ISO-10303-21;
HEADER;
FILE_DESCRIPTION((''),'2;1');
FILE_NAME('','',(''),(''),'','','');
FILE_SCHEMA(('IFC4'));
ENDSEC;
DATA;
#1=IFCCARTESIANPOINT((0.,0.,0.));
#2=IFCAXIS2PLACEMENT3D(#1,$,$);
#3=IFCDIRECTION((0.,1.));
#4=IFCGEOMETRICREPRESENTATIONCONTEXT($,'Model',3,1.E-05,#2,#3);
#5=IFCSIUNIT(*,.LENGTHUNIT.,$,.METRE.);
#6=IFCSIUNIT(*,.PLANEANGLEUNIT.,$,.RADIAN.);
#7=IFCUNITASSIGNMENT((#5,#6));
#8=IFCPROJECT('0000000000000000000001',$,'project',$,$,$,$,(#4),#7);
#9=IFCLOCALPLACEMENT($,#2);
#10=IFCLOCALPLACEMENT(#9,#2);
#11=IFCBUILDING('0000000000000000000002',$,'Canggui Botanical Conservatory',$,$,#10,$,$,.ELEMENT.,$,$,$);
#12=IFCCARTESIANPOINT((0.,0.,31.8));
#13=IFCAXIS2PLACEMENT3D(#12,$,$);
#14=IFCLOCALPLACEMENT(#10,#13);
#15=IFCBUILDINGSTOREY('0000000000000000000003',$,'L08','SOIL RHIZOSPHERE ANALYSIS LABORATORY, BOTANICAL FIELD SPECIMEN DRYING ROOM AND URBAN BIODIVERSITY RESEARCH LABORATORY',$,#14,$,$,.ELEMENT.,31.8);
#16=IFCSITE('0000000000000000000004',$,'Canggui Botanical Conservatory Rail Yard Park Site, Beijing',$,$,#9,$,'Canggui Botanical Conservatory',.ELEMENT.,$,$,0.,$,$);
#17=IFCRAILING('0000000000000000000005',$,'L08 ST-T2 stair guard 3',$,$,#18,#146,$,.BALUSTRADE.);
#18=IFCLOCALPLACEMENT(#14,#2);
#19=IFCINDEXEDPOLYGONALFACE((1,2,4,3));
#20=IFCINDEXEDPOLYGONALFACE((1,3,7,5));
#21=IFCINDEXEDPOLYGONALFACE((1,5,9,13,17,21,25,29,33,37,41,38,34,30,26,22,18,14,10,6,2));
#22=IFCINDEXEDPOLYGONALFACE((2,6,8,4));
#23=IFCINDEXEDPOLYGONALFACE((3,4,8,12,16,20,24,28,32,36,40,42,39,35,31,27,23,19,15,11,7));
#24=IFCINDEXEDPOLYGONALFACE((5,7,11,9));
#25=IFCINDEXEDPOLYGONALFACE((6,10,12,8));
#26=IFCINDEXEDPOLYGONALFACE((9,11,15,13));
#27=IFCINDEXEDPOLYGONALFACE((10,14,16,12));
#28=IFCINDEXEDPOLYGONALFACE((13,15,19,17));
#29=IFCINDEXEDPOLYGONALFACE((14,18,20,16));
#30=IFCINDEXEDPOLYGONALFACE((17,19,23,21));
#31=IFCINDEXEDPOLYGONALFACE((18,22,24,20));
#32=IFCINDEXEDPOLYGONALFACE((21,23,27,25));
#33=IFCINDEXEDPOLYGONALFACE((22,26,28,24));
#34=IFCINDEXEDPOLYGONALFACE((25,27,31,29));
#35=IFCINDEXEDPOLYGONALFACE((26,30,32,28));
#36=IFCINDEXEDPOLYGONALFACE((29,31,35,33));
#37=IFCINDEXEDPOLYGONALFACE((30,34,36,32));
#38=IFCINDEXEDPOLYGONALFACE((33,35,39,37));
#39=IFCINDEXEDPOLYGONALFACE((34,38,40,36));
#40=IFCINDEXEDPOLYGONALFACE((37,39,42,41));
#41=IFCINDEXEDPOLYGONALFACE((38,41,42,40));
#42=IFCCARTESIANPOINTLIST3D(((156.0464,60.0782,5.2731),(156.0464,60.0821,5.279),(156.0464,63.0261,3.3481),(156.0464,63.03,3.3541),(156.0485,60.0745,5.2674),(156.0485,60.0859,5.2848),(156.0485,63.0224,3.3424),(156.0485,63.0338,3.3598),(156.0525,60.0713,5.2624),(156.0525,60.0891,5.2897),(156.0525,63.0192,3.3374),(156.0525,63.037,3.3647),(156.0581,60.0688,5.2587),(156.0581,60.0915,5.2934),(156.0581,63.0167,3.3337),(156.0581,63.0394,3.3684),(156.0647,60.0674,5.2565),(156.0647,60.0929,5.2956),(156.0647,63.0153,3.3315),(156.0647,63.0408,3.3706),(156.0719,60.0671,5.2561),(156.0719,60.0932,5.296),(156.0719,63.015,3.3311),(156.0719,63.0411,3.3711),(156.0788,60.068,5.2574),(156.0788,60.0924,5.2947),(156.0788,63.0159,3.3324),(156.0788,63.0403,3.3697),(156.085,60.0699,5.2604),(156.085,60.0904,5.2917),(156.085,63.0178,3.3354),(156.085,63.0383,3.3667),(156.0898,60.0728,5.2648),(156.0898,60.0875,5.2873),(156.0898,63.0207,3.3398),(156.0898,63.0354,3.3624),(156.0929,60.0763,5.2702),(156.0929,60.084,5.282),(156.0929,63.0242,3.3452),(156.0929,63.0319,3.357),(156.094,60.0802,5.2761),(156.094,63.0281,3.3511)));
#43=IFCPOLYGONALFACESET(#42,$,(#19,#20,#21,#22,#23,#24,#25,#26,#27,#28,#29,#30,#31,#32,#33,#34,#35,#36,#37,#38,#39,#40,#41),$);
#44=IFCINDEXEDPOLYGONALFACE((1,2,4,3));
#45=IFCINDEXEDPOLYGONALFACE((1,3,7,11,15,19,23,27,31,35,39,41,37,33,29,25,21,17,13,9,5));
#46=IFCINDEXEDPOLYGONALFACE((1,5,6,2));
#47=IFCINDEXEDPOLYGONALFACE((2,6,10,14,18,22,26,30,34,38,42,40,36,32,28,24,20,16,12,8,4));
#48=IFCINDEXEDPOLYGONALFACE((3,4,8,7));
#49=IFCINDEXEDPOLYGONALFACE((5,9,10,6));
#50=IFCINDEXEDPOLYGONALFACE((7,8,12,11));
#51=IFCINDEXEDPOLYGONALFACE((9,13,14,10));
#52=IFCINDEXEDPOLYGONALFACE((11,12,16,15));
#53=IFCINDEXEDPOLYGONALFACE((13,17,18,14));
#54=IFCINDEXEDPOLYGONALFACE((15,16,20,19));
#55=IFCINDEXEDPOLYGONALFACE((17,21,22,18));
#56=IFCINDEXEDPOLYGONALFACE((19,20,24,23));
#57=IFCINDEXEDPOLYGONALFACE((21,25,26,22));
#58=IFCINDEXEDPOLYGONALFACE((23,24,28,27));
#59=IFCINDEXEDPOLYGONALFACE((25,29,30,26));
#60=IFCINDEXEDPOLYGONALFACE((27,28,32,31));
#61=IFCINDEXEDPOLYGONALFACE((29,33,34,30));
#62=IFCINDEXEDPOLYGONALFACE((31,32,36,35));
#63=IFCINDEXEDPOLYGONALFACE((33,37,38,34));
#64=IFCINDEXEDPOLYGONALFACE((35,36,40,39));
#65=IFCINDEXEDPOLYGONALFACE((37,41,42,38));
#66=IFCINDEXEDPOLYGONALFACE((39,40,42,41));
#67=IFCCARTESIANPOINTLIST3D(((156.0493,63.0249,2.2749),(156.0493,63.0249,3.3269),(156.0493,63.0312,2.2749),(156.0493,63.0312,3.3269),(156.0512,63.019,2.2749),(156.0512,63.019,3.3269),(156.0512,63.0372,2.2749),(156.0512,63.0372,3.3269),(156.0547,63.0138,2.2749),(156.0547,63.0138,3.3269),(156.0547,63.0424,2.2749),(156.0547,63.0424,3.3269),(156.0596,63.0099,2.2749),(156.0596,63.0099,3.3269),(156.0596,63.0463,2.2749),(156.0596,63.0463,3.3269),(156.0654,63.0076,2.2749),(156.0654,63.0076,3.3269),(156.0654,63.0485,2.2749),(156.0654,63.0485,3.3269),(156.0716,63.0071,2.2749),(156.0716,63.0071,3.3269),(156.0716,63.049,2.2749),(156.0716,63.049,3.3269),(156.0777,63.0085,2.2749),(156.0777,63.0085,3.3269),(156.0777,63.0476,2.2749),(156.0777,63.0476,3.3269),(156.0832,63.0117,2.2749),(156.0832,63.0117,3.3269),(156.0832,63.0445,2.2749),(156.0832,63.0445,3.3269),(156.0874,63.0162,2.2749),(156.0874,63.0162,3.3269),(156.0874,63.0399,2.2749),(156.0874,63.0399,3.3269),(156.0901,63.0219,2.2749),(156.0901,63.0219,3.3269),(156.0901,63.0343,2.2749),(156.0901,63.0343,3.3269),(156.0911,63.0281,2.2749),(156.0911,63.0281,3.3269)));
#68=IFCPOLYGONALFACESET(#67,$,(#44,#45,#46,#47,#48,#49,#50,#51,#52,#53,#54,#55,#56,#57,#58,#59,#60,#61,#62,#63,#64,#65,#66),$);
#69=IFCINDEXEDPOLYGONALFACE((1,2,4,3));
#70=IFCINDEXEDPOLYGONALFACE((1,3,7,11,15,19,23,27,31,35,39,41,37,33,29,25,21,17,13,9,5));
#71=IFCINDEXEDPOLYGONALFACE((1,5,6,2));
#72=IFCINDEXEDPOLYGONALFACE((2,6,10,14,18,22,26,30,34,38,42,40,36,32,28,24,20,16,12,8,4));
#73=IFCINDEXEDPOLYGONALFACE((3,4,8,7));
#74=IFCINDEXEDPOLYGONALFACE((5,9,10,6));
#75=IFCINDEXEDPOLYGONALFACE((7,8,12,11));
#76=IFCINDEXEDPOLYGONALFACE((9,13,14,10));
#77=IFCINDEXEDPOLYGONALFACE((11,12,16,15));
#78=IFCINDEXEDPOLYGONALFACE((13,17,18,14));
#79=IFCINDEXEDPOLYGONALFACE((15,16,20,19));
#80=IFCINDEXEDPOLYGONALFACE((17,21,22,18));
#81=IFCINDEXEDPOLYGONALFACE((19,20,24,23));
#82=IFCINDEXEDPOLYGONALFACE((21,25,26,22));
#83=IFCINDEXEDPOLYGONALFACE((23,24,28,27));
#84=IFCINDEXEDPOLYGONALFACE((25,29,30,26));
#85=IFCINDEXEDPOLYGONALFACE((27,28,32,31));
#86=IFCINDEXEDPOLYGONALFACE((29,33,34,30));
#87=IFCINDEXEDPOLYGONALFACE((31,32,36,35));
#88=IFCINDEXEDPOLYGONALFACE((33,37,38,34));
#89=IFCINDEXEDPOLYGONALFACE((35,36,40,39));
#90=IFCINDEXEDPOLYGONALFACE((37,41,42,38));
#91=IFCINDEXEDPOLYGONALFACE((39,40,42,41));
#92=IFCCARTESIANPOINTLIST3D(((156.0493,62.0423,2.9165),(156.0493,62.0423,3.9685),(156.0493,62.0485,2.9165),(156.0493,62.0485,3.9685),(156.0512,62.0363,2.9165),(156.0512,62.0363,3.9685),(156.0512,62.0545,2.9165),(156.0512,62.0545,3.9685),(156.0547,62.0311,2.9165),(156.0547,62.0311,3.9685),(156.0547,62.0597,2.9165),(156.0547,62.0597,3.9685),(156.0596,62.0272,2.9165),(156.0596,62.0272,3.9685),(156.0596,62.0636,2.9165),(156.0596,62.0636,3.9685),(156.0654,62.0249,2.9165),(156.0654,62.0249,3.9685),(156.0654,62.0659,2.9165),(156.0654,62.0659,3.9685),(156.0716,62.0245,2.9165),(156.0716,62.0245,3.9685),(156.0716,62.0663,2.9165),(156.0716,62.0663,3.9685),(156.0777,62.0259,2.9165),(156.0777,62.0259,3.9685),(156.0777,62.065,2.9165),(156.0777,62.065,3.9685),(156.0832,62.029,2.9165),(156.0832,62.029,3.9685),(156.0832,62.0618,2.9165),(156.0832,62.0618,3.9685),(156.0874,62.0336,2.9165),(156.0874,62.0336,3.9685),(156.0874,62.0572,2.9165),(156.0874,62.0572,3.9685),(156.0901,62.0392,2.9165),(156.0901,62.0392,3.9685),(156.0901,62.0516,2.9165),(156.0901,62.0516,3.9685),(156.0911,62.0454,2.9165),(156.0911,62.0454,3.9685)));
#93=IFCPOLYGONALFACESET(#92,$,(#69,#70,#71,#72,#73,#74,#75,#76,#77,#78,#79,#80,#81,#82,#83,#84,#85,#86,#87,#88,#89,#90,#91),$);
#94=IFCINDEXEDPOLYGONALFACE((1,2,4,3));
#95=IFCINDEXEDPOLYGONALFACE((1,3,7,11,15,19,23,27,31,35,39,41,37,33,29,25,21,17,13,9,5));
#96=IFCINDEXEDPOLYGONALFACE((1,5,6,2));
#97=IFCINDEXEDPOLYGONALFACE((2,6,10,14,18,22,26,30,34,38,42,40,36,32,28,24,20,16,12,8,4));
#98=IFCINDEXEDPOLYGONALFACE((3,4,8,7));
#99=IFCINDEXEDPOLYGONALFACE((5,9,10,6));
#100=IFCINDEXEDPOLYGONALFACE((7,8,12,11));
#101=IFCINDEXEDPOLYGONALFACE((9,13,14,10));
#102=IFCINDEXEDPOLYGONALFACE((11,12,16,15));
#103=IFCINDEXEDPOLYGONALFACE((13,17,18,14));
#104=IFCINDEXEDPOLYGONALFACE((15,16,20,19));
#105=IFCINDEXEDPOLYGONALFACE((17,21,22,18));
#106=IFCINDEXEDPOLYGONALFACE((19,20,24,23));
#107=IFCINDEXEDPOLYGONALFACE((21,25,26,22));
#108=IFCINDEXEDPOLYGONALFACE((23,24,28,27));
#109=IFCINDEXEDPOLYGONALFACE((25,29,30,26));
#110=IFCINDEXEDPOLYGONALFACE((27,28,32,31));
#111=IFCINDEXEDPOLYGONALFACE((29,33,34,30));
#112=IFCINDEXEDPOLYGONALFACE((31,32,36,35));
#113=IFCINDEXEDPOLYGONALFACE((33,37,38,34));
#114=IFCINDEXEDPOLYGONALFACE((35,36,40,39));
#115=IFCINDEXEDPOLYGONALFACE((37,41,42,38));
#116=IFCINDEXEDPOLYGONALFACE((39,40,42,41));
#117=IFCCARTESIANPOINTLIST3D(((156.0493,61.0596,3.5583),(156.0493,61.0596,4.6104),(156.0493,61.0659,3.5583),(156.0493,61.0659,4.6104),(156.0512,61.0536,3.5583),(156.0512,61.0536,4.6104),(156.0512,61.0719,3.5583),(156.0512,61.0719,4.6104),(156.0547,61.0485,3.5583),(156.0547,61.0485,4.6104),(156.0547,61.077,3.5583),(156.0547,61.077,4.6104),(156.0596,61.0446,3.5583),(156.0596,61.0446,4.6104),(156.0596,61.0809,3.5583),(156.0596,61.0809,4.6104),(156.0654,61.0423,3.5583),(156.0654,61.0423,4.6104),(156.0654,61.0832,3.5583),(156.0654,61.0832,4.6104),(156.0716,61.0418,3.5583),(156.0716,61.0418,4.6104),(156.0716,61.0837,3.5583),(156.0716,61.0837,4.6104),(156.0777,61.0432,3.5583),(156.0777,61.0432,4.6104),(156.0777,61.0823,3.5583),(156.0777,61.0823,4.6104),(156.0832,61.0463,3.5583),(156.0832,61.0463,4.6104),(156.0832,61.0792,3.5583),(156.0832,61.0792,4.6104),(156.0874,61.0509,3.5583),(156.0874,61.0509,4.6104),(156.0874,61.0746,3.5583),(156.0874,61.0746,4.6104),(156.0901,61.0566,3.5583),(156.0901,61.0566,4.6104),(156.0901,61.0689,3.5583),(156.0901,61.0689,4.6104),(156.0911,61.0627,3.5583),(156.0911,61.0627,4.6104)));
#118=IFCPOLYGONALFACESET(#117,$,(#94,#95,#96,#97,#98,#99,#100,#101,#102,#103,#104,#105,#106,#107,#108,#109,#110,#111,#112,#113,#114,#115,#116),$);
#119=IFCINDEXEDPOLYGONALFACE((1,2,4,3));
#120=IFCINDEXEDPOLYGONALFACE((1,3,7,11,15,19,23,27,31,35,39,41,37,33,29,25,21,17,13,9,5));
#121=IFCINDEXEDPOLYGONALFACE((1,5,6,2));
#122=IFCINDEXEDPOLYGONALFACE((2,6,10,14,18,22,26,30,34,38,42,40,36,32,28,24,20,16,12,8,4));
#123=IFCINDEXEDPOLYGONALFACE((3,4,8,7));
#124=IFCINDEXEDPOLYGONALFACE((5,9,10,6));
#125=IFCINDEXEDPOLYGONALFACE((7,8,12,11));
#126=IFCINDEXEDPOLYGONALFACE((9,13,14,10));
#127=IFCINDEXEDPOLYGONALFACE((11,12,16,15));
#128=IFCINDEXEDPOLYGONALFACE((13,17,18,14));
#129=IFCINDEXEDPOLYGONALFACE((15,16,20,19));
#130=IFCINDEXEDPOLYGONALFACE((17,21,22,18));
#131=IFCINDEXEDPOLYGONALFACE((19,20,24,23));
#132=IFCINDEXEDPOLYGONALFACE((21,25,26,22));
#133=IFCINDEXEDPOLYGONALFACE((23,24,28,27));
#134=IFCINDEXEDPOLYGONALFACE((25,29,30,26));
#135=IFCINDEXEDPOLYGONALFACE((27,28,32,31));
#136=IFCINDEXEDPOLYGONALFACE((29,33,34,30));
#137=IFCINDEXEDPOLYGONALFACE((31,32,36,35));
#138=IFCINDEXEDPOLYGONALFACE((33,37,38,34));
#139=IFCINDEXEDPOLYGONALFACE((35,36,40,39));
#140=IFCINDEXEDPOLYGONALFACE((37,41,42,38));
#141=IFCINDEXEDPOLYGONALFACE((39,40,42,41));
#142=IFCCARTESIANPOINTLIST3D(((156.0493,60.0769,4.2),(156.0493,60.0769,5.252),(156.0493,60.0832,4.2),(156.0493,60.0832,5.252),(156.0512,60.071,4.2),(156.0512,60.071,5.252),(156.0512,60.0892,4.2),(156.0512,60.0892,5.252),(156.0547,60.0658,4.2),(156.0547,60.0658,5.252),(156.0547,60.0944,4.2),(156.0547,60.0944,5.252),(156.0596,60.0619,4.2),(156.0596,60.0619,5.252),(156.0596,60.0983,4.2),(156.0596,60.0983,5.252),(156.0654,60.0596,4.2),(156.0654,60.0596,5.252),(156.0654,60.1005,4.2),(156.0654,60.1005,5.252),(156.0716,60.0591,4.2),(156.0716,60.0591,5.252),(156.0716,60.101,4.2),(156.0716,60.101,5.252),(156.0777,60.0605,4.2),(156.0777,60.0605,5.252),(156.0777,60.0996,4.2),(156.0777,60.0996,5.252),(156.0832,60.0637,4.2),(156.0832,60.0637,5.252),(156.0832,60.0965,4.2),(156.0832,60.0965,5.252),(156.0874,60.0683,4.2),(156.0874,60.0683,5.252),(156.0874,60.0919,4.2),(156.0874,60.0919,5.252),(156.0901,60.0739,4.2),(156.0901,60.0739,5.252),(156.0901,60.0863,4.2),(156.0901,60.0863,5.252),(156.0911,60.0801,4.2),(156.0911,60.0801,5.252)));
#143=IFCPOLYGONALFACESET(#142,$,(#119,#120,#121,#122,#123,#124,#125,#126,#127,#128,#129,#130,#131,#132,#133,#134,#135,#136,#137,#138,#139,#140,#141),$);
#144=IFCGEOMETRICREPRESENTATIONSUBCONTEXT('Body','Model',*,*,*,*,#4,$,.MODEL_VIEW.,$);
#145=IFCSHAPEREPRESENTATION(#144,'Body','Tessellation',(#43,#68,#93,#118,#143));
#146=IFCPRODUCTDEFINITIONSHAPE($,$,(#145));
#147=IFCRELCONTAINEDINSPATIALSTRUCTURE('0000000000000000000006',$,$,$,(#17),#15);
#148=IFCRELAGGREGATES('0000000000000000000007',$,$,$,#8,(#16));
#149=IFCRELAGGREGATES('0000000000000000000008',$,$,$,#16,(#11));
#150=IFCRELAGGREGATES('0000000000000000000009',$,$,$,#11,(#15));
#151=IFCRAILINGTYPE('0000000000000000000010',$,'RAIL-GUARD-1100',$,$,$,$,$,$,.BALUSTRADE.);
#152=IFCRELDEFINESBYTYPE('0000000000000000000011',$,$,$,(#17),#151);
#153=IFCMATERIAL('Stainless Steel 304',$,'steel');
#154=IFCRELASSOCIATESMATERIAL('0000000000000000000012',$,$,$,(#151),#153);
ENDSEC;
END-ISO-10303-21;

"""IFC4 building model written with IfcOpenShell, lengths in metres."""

from ifc_helpers import new_model, si_unit, direction, frame, origin, origin_2d, place, context, subcontext, project, spatial, circle, extrude, material, type_object, element, save


model = new_model("IFC4")

# Units and contexts
model_context = context("Model", 3, precision=1e-05, world=origin(), true_north=direction((0.0, 1.0)))
body_context = subcontext(model_context, "Body", "Model", "MODEL_VIEW")
ifc_project = project(units=[si_unit("LENGTHUNIT", "METRE"), si_unit("PLANEANGLEUNIT", "RADIAN")], contexts=[model_context])

# Site, building, storey
site_placement = place(None, origin())
site = spatial("IfcSite", under=ifc_project, at=site_placement, Name="Canggui Botanical Conservatory Rail Yard Park Site, Beijing", LongName="Canggui Botanical Conservatory", CompositionType="ELEMENT", RefElevation=0.0)
building_placement = place(site_placement, origin())
building = spatial("IfcBuilding", under=site, at=building_placement, Name="Canggui Botanical Conservatory", CompositionType="ELEMENT")
storey_placement = place(building_placement, frame((0.0, 0.0, 31.8)))
storey = spatial("IfcBuildingStorey", under=building, at=storey_placement, Name="L08", Description="SOIL RHIZOSPHERE ANALYSIS LABORATORY, BOTANICAL FIELD SPECIMEN DRYING ROOM AND URBAN BIODIVERSITY RESEARCH LABORATORY", CompositionType="ELEMENT", Elevation=31.8)

# Shared definitions
ifc_material_1 = material(Name="Stainless Steel 304", Category="steel")

# Railing
railing_type_1 = type_object("IfcRailingType", Name="RAIL-GUARD-1100", PredefinedType="BALUSTRADE", material=ifc_material_1)
railing_1_placement = place(storey_placement, frame((156.0701, 63.0281, 2.2749)))
element("IfcRailing", 1, at=railing_1_placement, inside=storey, type_object=railing_type_1, Name="L08 ST-T2 stair guard 3", PredefinedType="BALUSTRADE", context=body_context, shape_type="SweptSolid", body=[
    extrude(circle(Radius=0.0239, at=origin_2d()), frame((0.0, 0.0, 1.0762), z_axis=(0.0, -0.837293, 0.546754), x_axis=(1.0, 0.0, 0.0)), (0.0, 0.0, 1.0), 3.5208),
    extrude(circle(Radius=0.021, at=origin_2d()), origin(), (0.0, 0.0, 1.0), 1.052),
    extrude(circle(Radius=0.021, at=origin_2d()), frame((0.0, -0.9827, 0.6416)), (0.0, 0.0, 1.0), 1.052),
    extrude(circle(Radius=0.021, at=origin_2d()), frame((0.0, -1.9653, 1.2834)), (0.0, 0.0, 1.0), 1.052),
    extrude(circle(Radius=0.021, at=origin_2d()), frame((0.0, -2.948, 1.925)), (0.0, 0.0, 1.0), 1.052),
])

save(model, "model.ifc")
